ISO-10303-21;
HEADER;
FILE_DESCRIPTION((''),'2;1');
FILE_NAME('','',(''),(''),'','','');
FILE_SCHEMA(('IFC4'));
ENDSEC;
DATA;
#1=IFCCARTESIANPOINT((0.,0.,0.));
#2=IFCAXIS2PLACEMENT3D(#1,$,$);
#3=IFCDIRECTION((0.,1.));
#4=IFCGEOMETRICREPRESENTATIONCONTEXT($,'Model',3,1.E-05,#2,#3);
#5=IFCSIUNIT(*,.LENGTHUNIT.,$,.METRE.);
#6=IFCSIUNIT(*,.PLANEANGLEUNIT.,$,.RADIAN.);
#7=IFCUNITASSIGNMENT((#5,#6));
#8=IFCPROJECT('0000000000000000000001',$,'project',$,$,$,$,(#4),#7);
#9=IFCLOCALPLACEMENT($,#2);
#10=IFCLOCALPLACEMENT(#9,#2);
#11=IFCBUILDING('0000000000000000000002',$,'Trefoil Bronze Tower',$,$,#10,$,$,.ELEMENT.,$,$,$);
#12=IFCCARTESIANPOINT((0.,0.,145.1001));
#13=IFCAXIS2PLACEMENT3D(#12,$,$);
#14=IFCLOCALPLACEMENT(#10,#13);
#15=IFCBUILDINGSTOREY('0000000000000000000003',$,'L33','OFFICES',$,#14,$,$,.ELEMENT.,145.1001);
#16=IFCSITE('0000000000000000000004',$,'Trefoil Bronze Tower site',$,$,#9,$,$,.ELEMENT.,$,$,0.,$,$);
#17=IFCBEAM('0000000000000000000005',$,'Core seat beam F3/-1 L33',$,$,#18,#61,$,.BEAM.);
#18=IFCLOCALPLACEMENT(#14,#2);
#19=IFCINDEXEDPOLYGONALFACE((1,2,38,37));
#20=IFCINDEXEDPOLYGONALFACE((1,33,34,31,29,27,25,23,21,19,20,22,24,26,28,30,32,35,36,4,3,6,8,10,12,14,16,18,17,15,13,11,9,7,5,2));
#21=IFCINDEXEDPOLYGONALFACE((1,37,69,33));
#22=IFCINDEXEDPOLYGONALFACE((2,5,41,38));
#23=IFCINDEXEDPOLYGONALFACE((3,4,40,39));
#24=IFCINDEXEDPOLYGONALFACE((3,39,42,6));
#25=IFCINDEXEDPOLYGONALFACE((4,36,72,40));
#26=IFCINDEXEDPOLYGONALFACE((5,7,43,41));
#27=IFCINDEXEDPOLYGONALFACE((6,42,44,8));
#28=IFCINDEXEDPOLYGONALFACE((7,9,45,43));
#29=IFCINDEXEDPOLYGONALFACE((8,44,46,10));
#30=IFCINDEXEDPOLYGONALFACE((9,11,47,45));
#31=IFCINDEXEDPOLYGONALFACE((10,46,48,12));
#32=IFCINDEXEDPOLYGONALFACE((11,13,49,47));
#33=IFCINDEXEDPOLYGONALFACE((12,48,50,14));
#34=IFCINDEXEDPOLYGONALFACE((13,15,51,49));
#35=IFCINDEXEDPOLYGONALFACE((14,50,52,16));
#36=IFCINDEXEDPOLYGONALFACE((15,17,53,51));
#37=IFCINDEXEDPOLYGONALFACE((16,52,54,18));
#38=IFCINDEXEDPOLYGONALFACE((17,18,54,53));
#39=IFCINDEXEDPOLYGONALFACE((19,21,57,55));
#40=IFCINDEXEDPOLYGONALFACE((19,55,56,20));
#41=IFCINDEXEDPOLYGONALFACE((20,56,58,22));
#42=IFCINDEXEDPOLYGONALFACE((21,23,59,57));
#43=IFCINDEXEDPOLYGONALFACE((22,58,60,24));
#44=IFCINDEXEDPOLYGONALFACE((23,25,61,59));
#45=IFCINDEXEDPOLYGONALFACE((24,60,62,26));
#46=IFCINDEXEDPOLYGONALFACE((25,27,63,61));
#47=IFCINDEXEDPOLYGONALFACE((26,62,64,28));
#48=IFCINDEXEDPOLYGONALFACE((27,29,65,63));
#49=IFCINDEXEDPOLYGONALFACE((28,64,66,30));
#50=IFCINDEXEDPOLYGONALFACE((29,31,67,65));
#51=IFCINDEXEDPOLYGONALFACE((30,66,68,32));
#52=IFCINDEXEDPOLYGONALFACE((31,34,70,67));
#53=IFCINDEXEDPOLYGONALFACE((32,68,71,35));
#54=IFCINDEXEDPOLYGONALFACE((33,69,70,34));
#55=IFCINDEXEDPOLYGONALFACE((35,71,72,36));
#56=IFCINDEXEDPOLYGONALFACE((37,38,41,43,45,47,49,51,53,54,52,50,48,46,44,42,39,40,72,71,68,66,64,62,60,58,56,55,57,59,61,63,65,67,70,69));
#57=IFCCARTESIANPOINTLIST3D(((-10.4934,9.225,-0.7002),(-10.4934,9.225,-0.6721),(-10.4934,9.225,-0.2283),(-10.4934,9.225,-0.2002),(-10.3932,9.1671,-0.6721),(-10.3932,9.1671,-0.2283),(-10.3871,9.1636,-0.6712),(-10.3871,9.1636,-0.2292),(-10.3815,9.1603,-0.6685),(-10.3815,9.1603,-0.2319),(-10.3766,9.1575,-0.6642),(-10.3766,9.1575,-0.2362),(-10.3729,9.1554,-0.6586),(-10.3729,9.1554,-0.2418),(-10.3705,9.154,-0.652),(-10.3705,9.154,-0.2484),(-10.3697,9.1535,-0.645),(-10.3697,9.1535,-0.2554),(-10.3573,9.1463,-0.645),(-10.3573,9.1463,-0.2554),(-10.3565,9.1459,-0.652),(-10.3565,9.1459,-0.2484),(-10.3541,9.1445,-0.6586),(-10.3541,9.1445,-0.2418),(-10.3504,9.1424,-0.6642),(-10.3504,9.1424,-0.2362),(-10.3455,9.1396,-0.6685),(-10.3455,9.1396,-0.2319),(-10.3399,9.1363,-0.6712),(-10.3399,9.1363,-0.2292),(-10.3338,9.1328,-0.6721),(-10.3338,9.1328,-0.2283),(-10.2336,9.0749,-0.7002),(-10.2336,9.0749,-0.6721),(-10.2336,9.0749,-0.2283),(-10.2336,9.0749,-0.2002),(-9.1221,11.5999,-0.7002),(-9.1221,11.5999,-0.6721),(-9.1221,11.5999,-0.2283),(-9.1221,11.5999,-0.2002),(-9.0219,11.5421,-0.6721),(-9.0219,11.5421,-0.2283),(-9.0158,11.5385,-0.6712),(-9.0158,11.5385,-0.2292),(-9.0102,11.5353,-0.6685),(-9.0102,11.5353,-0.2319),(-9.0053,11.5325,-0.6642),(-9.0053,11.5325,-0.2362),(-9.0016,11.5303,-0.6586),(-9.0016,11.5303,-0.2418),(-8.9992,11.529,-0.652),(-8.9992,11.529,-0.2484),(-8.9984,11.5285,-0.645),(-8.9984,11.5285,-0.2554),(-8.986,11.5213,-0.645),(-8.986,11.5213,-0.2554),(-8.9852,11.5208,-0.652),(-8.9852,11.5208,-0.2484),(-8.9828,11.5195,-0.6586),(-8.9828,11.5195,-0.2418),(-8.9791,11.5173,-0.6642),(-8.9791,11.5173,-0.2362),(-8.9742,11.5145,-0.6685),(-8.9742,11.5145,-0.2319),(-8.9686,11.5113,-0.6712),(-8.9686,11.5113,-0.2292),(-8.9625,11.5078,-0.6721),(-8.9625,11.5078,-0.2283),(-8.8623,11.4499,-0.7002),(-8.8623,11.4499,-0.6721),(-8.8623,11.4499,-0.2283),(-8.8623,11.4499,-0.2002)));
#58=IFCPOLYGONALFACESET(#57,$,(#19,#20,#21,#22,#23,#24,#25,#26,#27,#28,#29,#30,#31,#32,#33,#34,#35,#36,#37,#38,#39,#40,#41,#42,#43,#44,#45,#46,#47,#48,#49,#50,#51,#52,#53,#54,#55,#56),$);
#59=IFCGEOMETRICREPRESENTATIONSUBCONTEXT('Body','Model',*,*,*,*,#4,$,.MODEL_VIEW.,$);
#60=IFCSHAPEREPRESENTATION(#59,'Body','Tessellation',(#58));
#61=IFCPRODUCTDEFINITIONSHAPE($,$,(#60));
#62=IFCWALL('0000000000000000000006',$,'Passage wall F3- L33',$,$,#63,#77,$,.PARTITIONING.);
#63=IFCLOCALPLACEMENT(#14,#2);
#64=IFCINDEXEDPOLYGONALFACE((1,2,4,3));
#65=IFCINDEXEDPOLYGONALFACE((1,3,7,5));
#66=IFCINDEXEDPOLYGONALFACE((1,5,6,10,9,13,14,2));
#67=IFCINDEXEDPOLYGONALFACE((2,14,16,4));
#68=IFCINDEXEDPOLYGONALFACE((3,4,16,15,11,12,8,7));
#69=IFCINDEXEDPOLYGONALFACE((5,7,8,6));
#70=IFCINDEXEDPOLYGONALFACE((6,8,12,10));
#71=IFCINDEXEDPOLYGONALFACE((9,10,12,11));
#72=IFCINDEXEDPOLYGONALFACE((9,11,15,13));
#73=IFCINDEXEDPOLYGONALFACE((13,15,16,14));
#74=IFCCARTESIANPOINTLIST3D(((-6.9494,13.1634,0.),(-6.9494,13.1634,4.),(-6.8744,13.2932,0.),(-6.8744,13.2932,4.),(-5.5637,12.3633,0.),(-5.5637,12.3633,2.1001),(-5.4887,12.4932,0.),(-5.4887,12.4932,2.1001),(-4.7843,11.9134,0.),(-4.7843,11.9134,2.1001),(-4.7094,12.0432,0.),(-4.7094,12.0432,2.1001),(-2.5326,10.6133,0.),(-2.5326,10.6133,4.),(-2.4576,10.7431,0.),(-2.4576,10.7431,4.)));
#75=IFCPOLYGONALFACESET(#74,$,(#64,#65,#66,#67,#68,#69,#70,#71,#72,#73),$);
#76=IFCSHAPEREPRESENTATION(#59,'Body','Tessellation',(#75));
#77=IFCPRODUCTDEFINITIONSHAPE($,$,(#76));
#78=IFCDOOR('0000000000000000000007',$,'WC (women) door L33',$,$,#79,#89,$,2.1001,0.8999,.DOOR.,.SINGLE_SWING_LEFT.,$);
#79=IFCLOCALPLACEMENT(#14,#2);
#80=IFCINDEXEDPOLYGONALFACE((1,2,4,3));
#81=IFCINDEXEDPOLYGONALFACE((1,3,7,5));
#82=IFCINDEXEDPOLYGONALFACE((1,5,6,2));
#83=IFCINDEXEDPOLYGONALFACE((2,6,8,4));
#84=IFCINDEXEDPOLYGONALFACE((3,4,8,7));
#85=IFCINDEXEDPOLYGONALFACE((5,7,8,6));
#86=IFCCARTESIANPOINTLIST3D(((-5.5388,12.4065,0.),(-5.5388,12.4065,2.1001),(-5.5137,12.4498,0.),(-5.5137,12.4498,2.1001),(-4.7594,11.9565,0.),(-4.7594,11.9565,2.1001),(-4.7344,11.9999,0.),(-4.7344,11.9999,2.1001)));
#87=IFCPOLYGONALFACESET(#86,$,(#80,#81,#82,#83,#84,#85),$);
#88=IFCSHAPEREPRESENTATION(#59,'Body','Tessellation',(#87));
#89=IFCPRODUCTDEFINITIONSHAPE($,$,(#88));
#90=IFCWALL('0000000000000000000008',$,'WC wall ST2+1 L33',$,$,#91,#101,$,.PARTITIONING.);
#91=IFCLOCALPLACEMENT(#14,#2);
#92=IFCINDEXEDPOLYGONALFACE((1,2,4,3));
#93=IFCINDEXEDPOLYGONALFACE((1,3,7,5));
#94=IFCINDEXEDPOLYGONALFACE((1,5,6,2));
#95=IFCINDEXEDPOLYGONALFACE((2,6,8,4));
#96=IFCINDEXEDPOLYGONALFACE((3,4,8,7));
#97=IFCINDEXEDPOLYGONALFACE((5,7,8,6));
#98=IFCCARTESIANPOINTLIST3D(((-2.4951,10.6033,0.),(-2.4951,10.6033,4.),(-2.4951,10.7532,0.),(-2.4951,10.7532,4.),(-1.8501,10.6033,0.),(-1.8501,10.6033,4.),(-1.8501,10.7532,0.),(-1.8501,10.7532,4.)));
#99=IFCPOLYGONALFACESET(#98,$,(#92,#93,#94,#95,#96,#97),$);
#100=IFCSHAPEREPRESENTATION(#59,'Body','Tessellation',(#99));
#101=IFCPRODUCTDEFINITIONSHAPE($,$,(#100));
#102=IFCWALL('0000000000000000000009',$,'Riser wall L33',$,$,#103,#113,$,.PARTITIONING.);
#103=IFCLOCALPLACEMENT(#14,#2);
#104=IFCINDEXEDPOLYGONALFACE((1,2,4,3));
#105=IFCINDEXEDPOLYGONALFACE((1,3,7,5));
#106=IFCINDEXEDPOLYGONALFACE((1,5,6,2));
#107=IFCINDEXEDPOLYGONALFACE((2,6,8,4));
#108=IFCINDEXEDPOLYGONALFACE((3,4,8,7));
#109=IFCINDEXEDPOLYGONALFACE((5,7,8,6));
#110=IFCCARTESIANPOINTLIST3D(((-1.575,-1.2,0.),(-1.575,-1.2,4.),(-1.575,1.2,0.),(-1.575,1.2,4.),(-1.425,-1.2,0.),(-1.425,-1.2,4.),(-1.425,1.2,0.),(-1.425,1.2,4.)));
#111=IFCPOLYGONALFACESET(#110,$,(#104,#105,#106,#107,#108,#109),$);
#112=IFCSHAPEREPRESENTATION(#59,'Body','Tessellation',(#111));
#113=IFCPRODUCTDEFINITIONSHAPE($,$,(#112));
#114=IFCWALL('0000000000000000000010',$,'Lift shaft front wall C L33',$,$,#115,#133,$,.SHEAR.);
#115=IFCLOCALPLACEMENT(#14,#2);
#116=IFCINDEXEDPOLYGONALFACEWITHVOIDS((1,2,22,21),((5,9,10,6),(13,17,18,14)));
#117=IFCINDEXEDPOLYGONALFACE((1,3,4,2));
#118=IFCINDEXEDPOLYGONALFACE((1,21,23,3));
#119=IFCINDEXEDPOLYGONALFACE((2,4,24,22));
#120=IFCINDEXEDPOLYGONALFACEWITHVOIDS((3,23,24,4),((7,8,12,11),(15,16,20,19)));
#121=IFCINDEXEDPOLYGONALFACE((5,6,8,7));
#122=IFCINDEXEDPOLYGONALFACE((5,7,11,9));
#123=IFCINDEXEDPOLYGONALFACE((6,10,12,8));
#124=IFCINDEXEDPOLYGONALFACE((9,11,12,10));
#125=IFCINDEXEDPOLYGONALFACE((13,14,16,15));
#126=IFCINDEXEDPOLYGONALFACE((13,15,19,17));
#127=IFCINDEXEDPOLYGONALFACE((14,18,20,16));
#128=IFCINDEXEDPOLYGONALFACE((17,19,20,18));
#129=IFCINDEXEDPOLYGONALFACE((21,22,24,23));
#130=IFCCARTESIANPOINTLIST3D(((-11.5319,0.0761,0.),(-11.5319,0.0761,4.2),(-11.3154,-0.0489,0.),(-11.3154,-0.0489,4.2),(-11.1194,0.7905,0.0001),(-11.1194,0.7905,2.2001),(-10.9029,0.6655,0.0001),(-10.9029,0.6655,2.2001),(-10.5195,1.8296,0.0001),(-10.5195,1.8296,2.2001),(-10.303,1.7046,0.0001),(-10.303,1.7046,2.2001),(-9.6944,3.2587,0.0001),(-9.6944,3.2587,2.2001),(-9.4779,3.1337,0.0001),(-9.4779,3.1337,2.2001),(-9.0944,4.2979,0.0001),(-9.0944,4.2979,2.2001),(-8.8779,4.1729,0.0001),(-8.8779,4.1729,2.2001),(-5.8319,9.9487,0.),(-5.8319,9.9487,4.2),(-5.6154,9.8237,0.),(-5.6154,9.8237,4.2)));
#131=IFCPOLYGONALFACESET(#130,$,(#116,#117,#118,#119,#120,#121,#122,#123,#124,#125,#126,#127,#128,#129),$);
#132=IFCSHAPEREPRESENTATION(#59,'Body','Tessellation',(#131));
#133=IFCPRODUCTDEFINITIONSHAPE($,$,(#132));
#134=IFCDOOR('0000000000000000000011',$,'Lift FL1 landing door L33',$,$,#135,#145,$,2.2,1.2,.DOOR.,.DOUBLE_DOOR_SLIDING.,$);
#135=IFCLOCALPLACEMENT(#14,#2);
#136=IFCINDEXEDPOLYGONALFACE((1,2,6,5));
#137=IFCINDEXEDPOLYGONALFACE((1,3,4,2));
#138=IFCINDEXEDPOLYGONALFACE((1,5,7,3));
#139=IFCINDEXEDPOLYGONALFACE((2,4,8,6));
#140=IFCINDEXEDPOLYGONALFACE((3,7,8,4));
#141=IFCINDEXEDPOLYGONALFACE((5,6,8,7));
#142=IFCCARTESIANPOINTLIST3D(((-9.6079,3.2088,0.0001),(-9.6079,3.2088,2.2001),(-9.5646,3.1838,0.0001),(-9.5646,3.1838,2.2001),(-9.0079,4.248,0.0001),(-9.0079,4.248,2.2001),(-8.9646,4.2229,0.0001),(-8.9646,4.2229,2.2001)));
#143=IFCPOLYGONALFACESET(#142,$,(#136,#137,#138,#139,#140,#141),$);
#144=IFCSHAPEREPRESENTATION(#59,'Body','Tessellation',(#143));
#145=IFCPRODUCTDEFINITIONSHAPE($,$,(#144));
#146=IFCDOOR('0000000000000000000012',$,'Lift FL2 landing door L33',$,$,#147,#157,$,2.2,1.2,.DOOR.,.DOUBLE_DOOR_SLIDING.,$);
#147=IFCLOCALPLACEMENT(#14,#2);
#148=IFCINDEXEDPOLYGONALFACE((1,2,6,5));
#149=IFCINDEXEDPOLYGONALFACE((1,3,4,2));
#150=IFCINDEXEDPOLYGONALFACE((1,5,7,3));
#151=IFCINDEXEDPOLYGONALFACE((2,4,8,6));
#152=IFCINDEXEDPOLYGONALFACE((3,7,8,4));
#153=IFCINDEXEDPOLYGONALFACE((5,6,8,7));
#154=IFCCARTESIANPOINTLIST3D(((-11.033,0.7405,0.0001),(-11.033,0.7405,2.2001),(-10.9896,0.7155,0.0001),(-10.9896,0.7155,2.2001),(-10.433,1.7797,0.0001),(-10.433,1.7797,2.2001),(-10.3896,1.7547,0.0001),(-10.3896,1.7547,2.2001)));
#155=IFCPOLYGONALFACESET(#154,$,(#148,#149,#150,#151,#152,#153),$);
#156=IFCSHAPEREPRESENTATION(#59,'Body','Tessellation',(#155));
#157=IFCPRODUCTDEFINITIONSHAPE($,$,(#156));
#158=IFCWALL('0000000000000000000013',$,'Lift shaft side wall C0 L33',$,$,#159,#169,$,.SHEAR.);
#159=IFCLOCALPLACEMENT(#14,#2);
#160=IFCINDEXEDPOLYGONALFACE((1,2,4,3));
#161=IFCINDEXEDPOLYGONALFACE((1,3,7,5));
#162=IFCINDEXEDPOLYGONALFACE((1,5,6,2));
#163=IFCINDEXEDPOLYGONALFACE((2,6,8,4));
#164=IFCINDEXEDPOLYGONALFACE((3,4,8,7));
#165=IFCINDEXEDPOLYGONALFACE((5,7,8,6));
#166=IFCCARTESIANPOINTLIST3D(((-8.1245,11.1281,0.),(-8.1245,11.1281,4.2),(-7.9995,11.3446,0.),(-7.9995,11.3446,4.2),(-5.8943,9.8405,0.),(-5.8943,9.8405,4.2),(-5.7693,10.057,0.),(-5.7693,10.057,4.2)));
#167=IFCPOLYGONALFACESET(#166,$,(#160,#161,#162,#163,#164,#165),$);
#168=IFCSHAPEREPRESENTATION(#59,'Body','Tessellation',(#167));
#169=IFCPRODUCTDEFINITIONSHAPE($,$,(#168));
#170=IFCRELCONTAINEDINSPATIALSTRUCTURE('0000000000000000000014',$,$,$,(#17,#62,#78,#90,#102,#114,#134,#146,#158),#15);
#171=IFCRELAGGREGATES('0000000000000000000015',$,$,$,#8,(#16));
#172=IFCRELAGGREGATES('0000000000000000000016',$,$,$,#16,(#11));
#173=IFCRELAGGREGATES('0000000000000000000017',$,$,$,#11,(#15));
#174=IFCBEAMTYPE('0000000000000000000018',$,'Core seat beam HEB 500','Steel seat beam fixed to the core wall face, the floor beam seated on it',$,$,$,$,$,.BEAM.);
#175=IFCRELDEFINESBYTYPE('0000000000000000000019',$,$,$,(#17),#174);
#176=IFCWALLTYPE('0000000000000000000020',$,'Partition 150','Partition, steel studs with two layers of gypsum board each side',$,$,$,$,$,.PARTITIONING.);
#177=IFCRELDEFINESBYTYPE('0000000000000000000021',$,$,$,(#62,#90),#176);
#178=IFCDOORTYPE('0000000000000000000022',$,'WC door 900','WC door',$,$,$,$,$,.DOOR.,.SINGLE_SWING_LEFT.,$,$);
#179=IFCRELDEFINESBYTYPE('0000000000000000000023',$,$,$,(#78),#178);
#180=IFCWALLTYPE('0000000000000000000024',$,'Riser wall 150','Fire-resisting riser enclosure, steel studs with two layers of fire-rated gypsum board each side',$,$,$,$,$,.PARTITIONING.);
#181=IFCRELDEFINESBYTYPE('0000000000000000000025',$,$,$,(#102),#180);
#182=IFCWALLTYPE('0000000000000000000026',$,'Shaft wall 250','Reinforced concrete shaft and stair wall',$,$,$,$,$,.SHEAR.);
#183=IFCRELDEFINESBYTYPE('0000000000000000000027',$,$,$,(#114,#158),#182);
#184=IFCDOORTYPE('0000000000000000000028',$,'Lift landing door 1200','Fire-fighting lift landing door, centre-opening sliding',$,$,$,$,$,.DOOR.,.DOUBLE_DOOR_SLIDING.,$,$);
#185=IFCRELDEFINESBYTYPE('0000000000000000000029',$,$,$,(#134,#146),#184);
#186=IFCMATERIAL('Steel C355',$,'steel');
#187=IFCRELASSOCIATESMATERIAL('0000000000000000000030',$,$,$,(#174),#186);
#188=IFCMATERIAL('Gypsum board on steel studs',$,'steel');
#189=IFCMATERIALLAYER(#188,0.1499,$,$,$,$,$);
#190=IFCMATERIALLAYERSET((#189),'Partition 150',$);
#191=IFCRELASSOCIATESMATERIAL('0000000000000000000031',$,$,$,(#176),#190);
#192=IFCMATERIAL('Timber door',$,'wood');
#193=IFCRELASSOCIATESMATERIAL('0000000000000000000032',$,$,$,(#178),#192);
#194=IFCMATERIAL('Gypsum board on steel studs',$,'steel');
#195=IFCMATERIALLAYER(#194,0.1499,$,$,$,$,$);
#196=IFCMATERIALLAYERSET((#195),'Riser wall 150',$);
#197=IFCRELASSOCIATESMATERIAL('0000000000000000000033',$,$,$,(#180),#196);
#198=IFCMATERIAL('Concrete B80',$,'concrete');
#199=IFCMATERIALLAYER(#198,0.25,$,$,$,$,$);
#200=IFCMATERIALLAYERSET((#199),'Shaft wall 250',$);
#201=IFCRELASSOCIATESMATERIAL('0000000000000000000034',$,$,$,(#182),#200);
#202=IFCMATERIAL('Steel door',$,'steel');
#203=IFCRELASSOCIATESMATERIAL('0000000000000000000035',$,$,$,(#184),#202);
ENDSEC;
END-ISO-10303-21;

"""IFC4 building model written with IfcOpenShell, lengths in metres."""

from ifc_helpers import new_model, si_unit, direction, frame, frame_2d, origin, origin_2d, place, context, subcontext, project, spatial, rectangle, i_section, extrude, material, layer, layer_set, material_profile, profile_set, type_object, element, fill, save


model = new_model("IFC4")

# Units and contexts
model_context = context("Model", 3, precision=1e-05, world=origin(), true_north=direction((0.0, 1.0)))
body_context = subcontext(model_context, "Body", "Model", "MODEL_VIEW")
ifc_project = project(units=[si_unit("LENGTHUNIT", "METRE"), si_unit("PLANEANGLEUNIT", "RADIAN")], contexts=[model_context])

# Site, building, storey
site_placement = place(None, origin())
site = spatial("IfcSite", under=ifc_project, at=site_placement, Name="Trefoil Bronze Tower site", CompositionType="ELEMENT", RefElevation=0.0)
building_placement = place(site_placement, origin())
building = spatial("IfcBuilding", under=site, at=building_placement, Name="Trefoil Bronze Tower", CompositionType="ELEMENT")
storey_placement = place(building_placement, frame((0.0, 0.0, 145.1001)))
storey = spatial("IfcBuildingStorey", under=building, at=storey_placement, Name="L33", Description="OFFICES", CompositionType="ELEMENT", Elevation=145.1001)

# Beam
ifc_material_1 = material(Name="Steel C355", Category="steel")
ifc_material_profile = material_profile(ifc_material_1, i_section(OverallWidth=0.3, OverallDepth=0.5, WebThickness=0.0144, FlangeThickness=0.0281, FilletRadius=0.0271, at=origin_2d()), Name="HEB 500")
ifc_profile_set = profile_set([ifc_material_profile], Name="Steel C355")
beam_type = type_object("IfcBeamType", Name="Core seat beam HEB 500", Description="Steel seat beam fixed to the core wall face, the floor beam seated on it", PredefinedType="BEAM", material=ifc_profile_set)
beam_placement = place(storey_placement, frame((-8.9922, 11.5249, -0.4502), z_axis=(-0.500036, -0.866005, 0.0), x_axis=(0.866005, -0.500036, 0.0)))
element("IfcBeam", 1, at=beam_placement, inside=storey, type_object=beam_type, Name="Core seat beam F3/-1 L33", PredefinedType="BEAM", context=body_context, shape_type="SweptSolid", body=[
    extrude(i_section(OverallWidth=0.3, OverallDepth=0.5, WebThickness=0.0144, FlangeThickness=0.0281, FilletRadius=0.0271, at=origin_2d()), origin(), (0.0, 0.0, 1.0), 2.7424),
])

# Wall, opening, door
ifc_material_2 = material(Name="Gypsum board on steel studs", Category="steel")
ifc_layer_1 = layer(ifc_material_2, 0.1499)
ifc_layer_set_1 = layer_set([ifc_layer_1], Name="Partition 150")
wall_type_1 = type_object("IfcWallType", Name="Partition 150", Description="Partition, steel studs with two layers of gypsum board each side", PredefinedType="PARTITIONING", material=ifc_layer_set_1)
wall_1_placement = place(storey_placement, frame((-2.4951, 10.6782, 0.0), z_axis=(0.0, 0.0, 1.0), x_axis=(-0.866022, 0.500006, 0.0)))
wall_1 = element("IfcWall", 2, at=wall_1_placement, inside=storey, type_object=wall_type_1, Name="Passage wall F3- L33", PredefinedType="PARTITIONING", context=body_context, shape_type="SweptSolid", body=[
    extrude(rectangle(XDim=5.1001, YDim=0.1499, at=frame_2d((2.55, 0.0))), origin(), (0.0, 0.0, 1.0), 4.0),
])
opening_1_placement = place(wall_1_placement, frame((2.6001, 0.0, 0.0)))
opening_1 = element("IfcOpeningElement", 3, at=opening_1_placement, cuts=wall_1, PredefinedType="OPENING", context=body_context, shape_type="SweptSolid", body=[
    extrude(rectangle(XDim=0.8999, YDim=2.1001, at=frame_2d((0.45, 1.05))), frame((0.0, 0.085, 0.0), z_axis=(0.0, -1.0, 0.0), x_axis=(1.0, 0.0, 0.0)), (0.0, 0.0, 1.0), 0.1699),
])
ifc_material_3 = material(Name="Timber door", Category="wood")
door_type_1 = type_object("IfcDoorType", Name="WC door 900", Description="WC door", OperationType="SINGLE_SWING_LEFT", PredefinedType="DOOR", material=ifc_material_3)
door_1_placement = place(opening_1_placement, frame((0.8999, 0.0, 0.0), z_axis=(0.0, 0.0, 1.0), x_axis=(-1.0, 0.0, 0.0)))
door_1 = element("IfcDoor", 4, at=door_1_placement, inside=storey, type_object=door_type_1, Name="WC (women) door L33", OperationType="SINGLE_SWING_LEFT", OverallHeight=2.1001, OverallWidth=0.8999, PredefinedType="DOOR", context=body_context, shape_type="SweptSolid", body=[
    extrude(rectangle(XDim=0.8999, YDim=2.1001, at=frame_2d((0.45, 1.05))), frame((0.0, 0.0249, 0.0), z_axis=(0.0, -1.0, 0.0), x_axis=(1.0, 0.0, 0.0)), (0.0, 0.0, 1.0), 0.05),
])
fill(opening_1, door_1)

# Walls
wall_2_placement = place(storey_placement, frame((-2.4951, 10.6782, 0.0), z_axis=(0.0, 0.0, 1.0), x_axis=(1.0, 0.0, 0.0)))
element("IfcWall", 5, at=wall_2_placement, inside=storey, type_object=wall_type_1, Name="WC wall ST2+1 L33", PredefinedType="PARTITIONING", context=body_context, shape_type="SweptSolid", body=[
    extrude(rectangle(XDim=0.645, YDim=0.1499, at=frame_2d((0.3225, 0.0))), origin(), (0.0, 0.0, 1.0), 4.0),
])
ifc_material_4 = material(Name="Gypsum board on steel studs", Category="steel")
ifc_layer_2 = layer(ifc_material_4, 0.1499)
ifc_layer_set_2 = layer_set([ifc_layer_2], Name="Riser wall 150")
wall_type_2 = type_object("IfcWallType", Name="Riser wall 150", Description="Fire-resisting riser enclosure, steel studs with two layers of fire-rated gypsum board each side", PredefinedType="PARTITIONING", material=ifc_layer_set_2)
wall_3_placement = place(storey_placement, frame((-1.5, 1.2, 0.0), z_axis=(0.0, 0.0, 1.0), x_axis=(0.0, -1.0, 0.0)))
element("IfcWall", 6, at=wall_3_placement, inside=storey, type_object=wall_type_2, Name="Riser wall L33", PredefinedType="PARTITIONING", context=body_context, shape_type="SweptSolid", body=[
    extrude(rectangle(XDim=2.3999, YDim=0.1499, at=frame_2d((1.2, 0.0))), origin(), (0.0, 0.0, 1.0), 4.0),
])

# Wall, openings, doors
ifc_material_5 = material(Name="Concrete B80", Category="concrete")
ifc_layer_3 = layer(ifc_material_5, 0.25)
ifc_layer_set_3 = layer_set([ifc_layer_3], Name="Shaft wall 250")
wall_type_3 = type_object("IfcWallType", Name="Shaft wall 250", Description="Reinforced concrete shaft and stair wall", PredefinedType="SHEAR", material=ifc_layer_set_3)
wall_4_placement = place(storey_placement, frame((-5.7236, 9.8862, 0.0), z_axis=(0.0, 0.0, 1.0), x_axis=(-0.500002, -0.866024, 0.0)))
wall_4 = element("IfcWall", 7, at=wall_4_placement, inside=storey, type_object=wall_type_3, Name="Lift shaft front wall C L33", PredefinedType="SHEAR", context=body_context, shape_type="SweptSolid", body=[
    extrude(rectangle(XDim=11.3999, YDim=0.25, at=frame_2d((5.7, 0.0))), origin(), (0.0, 0.0, 1.0), 4.2),
])
opening_2_placement = place(wall_4_placement, frame((6.5249, 0.0, 0.0)))
opening_2 = element("IfcOpeningElement", 8, at=opening_2_placement, cuts=wall_4, PredefinedType="OPENING", context=body_context, shape_type="SweptSolid", body=[
    extrude(rectangle(XDim=1.2, YDim=2.2, at=frame_2d((0.6001, 1.1001))), frame((0.0, 0.135, 0.0), z_axis=(0.0, -1.0, 0.0), x_axis=(1.0, 0.0, 0.0)), (0.0, 0.0, 1.0), 0.27),
])
opening_3_placement = place(wall_4_placement, frame((9.375, 0.0, 0.0)))
opening_3 = element("IfcOpeningElement", 9, at=opening_3_placement, cuts=wall_4, PredefinedType="OPENING", context=body_context, shape_type="SweptSolid", body=[
    extrude(rectangle(XDim=1.2, YDim=2.2, at=frame_2d((0.6001, 1.1001))), frame((0.0, 0.135, 0.0), z_axis=(0.0, -1.0, 0.0), x_axis=(1.0, 0.0, 0.0)), (0.0, 0.0, 1.0), 0.27),
])
ifc_material_6 = material(Name="Steel door", Category="steel")
door_type_2 = type_object("IfcDoorType", Name="Lift landing door 1200", Description="Fire-fighting lift landing door, centre-opening sliding", OperationType="DOUBLE_DOOR_SLIDING", PredefinedType="DOOR", material=ifc_material_6)
door_2_placement = place(opening_2_placement, origin())
door_2 = element("IfcDoor", 10, at=door_2_placement, inside=storey, type_object=door_type_2, Name="Lift FL1 landing door L33", OperationType="DOUBLE_DOOR_SLIDING", OverallHeight=2.2, OverallWidth=1.2, PredefinedType="DOOR", context=body_context, shape_type="SweptSolid", body=[
    extrude(rectangle(XDim=1.2, YDim=2.2, at=frame_2d((0.6001, 1.1001))), frame((0.0, 0.0249, 0.0), z_axis=(0.0, -1.0, 0.0), x_axis=(1.0, 0.0, 0.0)), (0.0, 0.0, 1.0), 0.05),
])
fill(opening_2, door_2)
door_3_placement = place(opening_3_placement, origin())
door_3 = element("IfcDoor", 11, at=door_3_placement, inside=storey, type_object=door_type_2, Name="Lift FL2 landing door L33", OperationType="DOUBLE_DOOR_SLIDING", OverallHeight=2.2, OverallWidth=1.2, PredefinedType="DOOR", context=body_context, shape_type="SweptSolid", body=[
    extrude(rectangle(XDim=1.2, YDim=2.2, at=frame_2d((0.6001, 1.1001))), frame((0.0, 0.0249, 0.0), z_axis=(0.0, -1.0, 0.0), x_axis=(1.0, 0.0, 0.0)), (0.0, 0.0, 1.0), 0.05),
])
fill(opening_3, door_3)

# Wall
wall_5_placement = place(storey_placement, frame((-5.8318, 9.9487, 0.0), z_axis=(0.0, 0.0, 1.0), x_axis=(-0.866029, 0.499993, 0.0)))
element("IfcWall", 12, at=wall_5_placement, inside=storey, type_object=wall_type_3, Name="Lift shaft side wall C0 L33", PredefinedType="SHEAR", context=body_context, shape_type="SweptSolid", body=[
    extrude(rectangle(XDim=2.5752, YDim=0.25, at=frame_2d((1.2876, 0.0))), origin(), (0.0, 0.0, 1.0), 4.2),
])

save(model, "model.ifc")
